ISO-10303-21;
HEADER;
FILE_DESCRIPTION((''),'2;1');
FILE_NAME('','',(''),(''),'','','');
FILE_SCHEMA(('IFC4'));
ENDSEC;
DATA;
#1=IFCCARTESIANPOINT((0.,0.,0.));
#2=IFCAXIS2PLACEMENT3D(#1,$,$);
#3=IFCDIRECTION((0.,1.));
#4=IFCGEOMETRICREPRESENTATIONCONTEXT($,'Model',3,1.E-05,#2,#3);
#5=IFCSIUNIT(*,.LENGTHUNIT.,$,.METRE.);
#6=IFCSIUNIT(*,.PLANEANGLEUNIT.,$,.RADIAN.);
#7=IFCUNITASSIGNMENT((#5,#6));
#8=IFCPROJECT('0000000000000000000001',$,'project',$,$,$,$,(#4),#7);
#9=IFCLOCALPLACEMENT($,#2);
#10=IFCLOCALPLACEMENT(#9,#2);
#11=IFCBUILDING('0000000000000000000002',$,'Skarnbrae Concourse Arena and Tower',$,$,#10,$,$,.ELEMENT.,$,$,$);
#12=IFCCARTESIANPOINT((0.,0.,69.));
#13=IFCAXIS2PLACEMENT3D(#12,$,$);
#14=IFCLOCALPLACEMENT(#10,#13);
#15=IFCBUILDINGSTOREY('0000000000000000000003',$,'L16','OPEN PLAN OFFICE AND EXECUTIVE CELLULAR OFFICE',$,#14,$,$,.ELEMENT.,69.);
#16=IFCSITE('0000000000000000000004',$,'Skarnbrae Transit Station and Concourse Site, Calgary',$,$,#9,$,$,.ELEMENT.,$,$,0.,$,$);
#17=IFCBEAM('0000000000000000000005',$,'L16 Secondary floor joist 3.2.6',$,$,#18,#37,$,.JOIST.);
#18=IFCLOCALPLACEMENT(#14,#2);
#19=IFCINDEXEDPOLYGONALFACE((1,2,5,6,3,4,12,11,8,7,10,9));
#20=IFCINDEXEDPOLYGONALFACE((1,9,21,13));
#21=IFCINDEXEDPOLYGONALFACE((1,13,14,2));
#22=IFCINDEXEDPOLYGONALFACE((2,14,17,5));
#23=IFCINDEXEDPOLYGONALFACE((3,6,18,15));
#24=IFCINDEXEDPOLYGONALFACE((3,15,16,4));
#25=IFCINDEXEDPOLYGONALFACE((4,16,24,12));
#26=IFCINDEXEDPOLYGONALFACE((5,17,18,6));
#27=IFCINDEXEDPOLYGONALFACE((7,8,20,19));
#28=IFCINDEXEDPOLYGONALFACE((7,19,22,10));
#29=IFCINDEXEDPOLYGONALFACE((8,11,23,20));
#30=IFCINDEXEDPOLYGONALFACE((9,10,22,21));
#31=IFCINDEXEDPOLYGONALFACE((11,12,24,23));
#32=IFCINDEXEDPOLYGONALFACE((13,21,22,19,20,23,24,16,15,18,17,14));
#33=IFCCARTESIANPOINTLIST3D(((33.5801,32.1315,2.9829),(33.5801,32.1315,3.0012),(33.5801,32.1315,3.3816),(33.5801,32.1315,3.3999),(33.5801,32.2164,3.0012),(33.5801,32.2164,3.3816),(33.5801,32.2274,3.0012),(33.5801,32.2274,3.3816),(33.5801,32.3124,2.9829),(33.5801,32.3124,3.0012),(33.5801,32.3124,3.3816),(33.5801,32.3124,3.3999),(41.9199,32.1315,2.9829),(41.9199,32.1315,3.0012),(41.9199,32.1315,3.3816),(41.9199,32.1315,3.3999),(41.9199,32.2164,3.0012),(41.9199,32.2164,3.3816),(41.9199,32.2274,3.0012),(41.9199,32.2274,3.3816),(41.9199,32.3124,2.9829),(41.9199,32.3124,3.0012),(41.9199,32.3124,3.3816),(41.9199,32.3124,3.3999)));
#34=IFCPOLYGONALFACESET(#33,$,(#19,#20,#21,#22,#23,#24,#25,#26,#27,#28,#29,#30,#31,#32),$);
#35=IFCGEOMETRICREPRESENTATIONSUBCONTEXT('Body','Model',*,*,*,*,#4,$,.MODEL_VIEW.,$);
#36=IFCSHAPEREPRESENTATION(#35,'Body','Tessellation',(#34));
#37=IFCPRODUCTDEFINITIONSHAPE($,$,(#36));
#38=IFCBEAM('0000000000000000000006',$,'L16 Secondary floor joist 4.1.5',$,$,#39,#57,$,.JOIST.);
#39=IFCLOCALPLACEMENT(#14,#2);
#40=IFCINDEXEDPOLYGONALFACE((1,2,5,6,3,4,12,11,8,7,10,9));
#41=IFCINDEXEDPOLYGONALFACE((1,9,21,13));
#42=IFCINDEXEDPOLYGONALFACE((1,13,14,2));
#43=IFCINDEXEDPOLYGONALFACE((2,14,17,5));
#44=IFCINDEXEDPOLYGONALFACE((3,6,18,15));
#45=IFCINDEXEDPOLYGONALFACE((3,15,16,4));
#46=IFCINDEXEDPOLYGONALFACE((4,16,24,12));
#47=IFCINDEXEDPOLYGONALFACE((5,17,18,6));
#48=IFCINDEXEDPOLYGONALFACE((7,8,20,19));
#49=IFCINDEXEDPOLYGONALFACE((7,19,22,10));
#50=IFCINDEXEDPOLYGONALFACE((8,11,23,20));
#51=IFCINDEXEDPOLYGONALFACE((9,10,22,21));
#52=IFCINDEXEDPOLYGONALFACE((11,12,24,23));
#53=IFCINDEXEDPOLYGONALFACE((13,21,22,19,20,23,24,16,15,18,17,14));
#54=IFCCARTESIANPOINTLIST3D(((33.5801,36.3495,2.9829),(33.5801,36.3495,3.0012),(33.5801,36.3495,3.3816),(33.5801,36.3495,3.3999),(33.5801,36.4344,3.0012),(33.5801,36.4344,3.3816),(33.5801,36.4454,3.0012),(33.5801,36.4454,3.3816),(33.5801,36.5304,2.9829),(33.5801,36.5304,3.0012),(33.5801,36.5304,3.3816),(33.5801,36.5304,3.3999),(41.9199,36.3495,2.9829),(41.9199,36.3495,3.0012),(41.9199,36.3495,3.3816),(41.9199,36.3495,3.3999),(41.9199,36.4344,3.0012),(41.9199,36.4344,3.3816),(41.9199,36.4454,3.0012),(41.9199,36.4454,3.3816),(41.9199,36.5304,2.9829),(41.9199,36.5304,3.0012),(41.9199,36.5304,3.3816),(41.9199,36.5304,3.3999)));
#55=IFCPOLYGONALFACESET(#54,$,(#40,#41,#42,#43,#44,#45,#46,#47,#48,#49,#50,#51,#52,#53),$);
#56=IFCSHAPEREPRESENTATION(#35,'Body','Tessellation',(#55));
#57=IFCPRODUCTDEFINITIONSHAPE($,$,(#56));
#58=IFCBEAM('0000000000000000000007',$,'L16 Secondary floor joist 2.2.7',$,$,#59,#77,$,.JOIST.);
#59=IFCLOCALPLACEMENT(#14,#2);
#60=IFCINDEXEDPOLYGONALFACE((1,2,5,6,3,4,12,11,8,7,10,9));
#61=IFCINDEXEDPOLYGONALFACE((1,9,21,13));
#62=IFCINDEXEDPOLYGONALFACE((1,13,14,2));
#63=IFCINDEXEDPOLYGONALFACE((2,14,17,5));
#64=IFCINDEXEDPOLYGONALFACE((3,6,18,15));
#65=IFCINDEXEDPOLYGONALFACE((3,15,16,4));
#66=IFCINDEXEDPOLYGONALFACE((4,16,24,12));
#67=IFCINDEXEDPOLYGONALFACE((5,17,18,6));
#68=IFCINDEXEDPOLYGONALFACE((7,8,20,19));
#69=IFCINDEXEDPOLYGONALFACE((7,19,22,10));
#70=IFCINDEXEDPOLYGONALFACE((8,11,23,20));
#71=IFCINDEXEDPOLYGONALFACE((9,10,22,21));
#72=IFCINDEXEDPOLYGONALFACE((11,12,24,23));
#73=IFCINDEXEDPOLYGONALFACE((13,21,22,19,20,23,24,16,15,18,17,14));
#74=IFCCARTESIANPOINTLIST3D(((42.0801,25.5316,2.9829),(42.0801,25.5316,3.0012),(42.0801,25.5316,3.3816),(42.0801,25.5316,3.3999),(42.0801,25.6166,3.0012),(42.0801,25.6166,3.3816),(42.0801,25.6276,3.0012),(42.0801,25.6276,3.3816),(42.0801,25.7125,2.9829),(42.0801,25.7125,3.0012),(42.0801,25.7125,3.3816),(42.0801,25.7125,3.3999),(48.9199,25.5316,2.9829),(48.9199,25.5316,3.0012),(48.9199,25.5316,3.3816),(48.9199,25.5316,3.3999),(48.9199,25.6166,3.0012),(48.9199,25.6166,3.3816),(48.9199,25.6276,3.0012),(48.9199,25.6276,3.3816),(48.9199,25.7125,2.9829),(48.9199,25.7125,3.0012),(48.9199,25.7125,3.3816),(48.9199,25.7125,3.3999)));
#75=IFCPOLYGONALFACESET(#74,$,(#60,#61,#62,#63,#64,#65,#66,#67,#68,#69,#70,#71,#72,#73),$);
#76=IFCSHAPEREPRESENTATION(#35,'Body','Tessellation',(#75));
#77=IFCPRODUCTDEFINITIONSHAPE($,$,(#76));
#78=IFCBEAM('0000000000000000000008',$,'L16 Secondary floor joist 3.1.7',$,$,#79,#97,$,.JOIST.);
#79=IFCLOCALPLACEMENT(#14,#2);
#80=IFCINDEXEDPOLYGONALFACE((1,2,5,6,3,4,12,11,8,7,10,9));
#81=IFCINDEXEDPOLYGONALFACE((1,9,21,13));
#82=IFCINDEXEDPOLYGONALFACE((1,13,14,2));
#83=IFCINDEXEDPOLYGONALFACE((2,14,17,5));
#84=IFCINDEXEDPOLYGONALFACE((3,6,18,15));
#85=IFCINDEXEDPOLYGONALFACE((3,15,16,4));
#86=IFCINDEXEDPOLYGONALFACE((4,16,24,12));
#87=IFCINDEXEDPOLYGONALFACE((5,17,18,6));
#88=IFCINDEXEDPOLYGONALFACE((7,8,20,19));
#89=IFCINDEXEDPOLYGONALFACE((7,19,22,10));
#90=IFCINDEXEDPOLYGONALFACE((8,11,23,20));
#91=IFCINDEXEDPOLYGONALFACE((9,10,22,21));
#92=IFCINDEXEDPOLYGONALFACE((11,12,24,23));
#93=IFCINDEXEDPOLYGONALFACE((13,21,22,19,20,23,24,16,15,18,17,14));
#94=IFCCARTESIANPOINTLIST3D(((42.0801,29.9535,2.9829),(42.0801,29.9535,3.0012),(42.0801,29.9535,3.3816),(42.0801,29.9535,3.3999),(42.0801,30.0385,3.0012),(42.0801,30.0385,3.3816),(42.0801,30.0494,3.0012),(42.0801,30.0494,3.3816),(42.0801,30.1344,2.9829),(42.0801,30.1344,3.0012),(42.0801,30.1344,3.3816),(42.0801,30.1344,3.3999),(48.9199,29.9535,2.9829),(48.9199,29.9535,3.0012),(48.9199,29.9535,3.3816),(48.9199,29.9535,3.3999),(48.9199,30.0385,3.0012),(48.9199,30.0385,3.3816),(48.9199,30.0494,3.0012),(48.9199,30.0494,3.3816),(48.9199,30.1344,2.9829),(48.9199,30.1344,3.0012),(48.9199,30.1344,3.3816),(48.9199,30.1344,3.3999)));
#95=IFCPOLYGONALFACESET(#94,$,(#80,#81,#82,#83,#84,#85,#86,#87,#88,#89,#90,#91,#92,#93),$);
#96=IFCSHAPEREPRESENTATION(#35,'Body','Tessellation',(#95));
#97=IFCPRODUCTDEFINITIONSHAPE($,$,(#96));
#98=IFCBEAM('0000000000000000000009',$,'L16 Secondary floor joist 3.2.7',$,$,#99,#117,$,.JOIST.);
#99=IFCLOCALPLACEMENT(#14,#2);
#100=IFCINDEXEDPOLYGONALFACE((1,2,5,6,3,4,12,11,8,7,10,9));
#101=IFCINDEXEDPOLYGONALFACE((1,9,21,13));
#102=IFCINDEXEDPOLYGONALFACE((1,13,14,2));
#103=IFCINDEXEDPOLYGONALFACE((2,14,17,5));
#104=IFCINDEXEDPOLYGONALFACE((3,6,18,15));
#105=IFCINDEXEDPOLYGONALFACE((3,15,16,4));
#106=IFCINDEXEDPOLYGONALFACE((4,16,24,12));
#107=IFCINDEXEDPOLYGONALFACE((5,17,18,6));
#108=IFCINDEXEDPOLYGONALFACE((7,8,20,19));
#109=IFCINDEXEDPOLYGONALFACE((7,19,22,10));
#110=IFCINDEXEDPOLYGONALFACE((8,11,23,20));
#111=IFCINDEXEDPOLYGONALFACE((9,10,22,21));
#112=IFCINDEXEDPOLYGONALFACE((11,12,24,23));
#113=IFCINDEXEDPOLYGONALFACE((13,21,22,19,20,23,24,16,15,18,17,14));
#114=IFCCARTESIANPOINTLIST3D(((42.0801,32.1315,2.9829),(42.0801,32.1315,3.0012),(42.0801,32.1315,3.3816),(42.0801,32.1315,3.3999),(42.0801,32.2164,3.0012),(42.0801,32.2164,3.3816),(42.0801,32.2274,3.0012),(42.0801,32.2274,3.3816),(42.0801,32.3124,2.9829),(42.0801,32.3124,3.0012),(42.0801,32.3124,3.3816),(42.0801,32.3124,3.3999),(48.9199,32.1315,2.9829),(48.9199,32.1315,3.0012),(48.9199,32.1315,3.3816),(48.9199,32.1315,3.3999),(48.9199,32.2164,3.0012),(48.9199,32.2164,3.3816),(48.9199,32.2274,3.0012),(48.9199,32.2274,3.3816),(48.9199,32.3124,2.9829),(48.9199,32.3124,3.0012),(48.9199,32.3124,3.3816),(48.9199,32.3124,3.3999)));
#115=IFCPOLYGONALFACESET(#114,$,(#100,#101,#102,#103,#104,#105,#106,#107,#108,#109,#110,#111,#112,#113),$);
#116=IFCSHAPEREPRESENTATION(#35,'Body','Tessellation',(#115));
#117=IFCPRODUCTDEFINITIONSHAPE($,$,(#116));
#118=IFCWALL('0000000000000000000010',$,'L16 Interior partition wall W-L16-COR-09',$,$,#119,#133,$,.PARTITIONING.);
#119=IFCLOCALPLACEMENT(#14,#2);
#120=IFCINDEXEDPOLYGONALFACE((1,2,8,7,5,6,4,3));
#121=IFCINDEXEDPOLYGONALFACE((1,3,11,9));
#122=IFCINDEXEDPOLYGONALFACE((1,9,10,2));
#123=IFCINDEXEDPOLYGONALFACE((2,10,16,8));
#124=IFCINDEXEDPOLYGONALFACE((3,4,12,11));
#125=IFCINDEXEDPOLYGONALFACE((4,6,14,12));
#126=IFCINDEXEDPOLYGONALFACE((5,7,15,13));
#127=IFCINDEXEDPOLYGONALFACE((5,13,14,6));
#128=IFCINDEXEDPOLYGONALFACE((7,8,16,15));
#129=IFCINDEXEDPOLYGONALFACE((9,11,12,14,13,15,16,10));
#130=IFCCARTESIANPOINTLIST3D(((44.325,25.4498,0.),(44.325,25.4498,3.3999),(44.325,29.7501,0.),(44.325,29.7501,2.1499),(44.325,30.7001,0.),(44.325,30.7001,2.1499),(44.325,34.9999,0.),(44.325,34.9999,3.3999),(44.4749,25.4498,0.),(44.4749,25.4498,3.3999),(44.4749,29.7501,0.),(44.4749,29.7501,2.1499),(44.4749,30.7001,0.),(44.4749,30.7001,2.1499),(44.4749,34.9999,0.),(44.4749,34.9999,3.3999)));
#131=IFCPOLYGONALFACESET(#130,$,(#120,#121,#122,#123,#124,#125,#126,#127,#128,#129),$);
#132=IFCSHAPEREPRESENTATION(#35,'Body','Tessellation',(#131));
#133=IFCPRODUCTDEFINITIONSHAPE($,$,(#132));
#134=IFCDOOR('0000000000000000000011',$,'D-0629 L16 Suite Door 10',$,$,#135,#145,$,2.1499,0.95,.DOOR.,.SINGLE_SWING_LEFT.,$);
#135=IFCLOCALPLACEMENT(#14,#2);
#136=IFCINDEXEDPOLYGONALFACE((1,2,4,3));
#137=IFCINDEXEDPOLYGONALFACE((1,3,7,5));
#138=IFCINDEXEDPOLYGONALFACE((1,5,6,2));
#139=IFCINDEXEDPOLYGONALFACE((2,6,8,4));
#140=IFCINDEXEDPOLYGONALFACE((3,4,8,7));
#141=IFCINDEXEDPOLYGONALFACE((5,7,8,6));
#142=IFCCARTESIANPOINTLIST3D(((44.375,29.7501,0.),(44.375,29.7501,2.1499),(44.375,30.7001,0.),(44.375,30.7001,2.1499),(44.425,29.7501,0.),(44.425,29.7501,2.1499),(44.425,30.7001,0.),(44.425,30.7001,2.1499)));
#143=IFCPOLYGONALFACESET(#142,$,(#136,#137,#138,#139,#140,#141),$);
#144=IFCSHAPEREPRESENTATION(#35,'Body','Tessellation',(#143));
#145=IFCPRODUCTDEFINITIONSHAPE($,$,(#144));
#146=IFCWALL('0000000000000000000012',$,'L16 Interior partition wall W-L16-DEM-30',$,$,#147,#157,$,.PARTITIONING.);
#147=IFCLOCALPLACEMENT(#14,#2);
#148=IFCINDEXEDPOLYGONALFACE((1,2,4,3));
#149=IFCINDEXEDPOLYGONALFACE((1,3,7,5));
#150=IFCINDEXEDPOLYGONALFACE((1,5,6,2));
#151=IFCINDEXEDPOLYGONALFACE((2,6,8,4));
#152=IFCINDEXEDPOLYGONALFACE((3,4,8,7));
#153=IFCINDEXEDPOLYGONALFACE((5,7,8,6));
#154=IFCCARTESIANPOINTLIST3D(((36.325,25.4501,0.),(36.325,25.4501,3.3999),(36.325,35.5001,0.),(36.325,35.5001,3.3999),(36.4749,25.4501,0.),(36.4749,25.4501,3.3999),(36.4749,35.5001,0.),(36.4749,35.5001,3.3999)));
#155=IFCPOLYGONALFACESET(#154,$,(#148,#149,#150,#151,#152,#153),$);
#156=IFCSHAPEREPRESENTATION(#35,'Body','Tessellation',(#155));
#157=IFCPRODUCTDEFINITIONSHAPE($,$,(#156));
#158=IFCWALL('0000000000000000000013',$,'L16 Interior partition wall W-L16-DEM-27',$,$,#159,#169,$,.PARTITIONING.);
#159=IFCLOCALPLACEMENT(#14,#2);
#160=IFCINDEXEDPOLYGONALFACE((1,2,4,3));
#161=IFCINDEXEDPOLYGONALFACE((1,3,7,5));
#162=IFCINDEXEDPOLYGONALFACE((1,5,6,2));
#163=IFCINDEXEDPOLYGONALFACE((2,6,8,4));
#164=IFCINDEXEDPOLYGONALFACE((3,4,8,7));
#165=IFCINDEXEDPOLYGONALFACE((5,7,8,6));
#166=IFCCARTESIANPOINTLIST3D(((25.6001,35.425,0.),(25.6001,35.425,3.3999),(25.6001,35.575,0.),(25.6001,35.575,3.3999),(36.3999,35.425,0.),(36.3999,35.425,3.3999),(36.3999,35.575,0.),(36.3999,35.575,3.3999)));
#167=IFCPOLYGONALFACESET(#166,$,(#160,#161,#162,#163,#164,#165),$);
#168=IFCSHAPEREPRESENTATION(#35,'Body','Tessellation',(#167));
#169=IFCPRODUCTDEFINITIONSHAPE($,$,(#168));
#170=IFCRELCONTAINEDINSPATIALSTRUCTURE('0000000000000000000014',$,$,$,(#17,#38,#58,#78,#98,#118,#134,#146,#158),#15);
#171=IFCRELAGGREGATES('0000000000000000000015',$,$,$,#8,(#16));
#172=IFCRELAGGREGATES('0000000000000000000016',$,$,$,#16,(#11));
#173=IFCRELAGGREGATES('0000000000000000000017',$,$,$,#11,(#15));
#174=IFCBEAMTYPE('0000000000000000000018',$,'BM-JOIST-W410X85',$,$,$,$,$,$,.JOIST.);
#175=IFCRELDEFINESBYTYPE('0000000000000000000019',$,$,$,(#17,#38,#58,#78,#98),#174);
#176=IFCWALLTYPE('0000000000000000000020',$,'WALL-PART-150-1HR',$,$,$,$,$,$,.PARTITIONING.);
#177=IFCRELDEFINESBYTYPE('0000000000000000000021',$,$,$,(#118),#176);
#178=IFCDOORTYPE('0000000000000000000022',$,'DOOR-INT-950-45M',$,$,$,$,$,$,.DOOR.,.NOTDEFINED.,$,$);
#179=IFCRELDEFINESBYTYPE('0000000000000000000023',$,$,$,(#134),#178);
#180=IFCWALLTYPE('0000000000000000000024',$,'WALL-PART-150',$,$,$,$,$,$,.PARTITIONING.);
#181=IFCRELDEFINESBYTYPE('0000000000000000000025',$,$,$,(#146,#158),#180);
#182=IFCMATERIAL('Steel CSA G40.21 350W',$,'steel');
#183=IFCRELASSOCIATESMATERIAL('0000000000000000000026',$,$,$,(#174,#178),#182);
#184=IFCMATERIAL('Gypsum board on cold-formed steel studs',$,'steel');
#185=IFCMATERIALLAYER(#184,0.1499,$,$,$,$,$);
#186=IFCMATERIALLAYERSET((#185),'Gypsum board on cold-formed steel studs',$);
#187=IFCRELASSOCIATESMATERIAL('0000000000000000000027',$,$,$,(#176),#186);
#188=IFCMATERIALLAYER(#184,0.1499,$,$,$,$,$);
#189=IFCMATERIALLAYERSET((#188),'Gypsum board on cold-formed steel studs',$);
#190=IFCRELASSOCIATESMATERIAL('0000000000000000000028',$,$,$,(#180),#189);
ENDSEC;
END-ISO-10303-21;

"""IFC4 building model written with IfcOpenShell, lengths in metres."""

from ifc_helpers import new_model, si_unit, direction, frame, frame_2d, origin, origin_2d, place, context, subcontext, project, spatial, rectangle, i_section, extrude, source, transform, mapped, material, layer, layer_set, material_profile, profile_set, type_object, element, fill, save


model = new_model("IFC4")

# Units and contexts
model_context = context("Model", 3, precision=1e-05, world=origin(), true_north=direction((0.0, 1.0)))
body_context = subcontext(model_context, "Body", "Model", "MODEL_VIEW")
ifc_project = project(units=[si_unit("LENGTHUNIT", "METRE"), si_unit("PLANEANGLEUNIT", "RADIAN")], contexts=[model_context])

# Site, building, storey
site_placement = place(None, origin())
site = spatial("IfcSite", under=ifc_project, at=site_placement, Name="Skarnbrae Transit Station and Concourse Site, Calgary", CompositionType="ELEMENT", RefElevation=0.0)
building_placement = place(site_placement, origin())
building = spatial("IfcBuilding", under=site, at=building_placement, Name="Skarnbrae Concourse Arena and Tower", CompositionType="ELEMENT")
storey_placement = place(building_placement, frame((0.0, 0.0, 69.0)))
storey = spatial("IfcBuildingStorey", under=building, at=storey_placement, Name="L16", Description="OPEN PLAN OFFICE AND EXECUTIVE CELLULAR OFFICE", CompositionType="ELEMENT", Elevation=69.0)

# Shared definitions
ifc_material_1 = material(Name="Steel CSA G40.21 350W", Category="steel")

# Beams
ifc_material_profile_1 = material_profile(ifc_material_1, i_section(OverallWidth=0.1809, OverallDepth=0.417, WebThickness=0.011, FlangeThickness=0.0183, at=origin_2d()), Name="W410X85")
ifc_profile_set_1 = profile_set([ifc_material_profile_1], Name="Steel CSA G40.21 350W")
beam_type_1 = type_object("IfcBeamType", Name="BM-JOIST-W410X85", PredefinedType="JOIST", material=ifc_profile_set_1)
shared_shape_1 = source(origin(), body_context, "Body", "SweptSolid", [
    extrude(i_section(OverallWidth=0.1809, OverallDepth=0.417, WebThickness=0.011, FlangeThickness=0.0183, at=origin_2d()), origin(), (0.0, 0.0, 1.0), 8.3398),
])
for number, where, z_axis, x_axis, name in (
    (1, (33.5801, 32.2219, 3.1914), (1.0, 0.0, 0.0), (0.0, 1.0, 0.0), "L16 Secondary floor joist 3.2.6"),
    (2, (33.5801, 36.4399, 3.1914), (1.0, 0.0, 0.0), (0.0, 1.0, 0.0), "L16 Secondary floor joist 4.1.5"),
):
    element("IfcBeam", number, at=place(storey_placement, frame(where, z_axis=z_axis, x_axis=x_axis)), inside=storey, type_object=beam_type_1, Name=name, PredefinedType="JOIST", context=body_context, shape_type="MappedRepresentation", body=[
        mapped(shared_shape_1, transform((0.0, 0.0, 0.0))),
    ])
shared_shape_2 = source(origin(), body_context, "Body", "SweptSolid", [
    extrude(i_section(OverallWidth=0.1809, OverallDepth=0.417, WebThickness=0.011, FlangeThickness=0.0183, at=origin_2d()), origin(), (0.0, 0.0, 1.0), 6.8398),
])
for number, where, z_axis, x_axis, name in (
    (3, (42.0801, 25.6221, 3.1914), (1.0, 0.0, 0.0), (0.0, 1.0, 0.0), "L16 Secondary floor joist 2.2.7"),
    (4, (42.0801, 30.0439, 3.1914), (1.0, 0.0, 0.0), (0.0, 1.0, 0.0), "L16 Secondary floor joist 3.1.7"),
    (5, (42.0801, 32.2219, 3.1914), (1.0, 0.0, 0.0), (0.0, 1.0, 0.0), "L16 Secondary floor joist 3.2.7"),
):
    element("IfcBeam", number, at=place(storey_placement, frame(where, z_axis=z_axis, x_axis=x_axis)), inside=storey, type_object=beam_type_1, Name=name, PredefinedType="JOIST", context=body_context, shape_type="MappedRepresentation", body=[
        mapped(shared_shape_2, transform((0.0, 0.0, 0.0))),
    ])

# Wall, opening, door
ifc_material_2 = material(Name="Gypsum board on cold-formed steel studs", Category="steel")
ifc_layer_1 = layer(ifc_material_2, 0.1499)
ifc_layer_set_1 = layer_set([ifc_layer_1], Name="Gypsum board on cold-formed steel studs")
wall_type_1 = type_object("IfcWallType", Name="WALL-PART-150-1HR", PredefinedType="PARTITIONING", material=ifc_layer_set_1)
shared_shape_3 = source(origin(), body_context, "Body", "SweptSolid", [
    extrude(rectangle(XDim=9.55, YDim=0.1499, at=frame_2d((4.7749, 0.0))), origin(), (0.0, 0.0, 1.0), 3.3999),
])
wall_1_placement = place(storey_placement, frame((44.3999, 25.45, 0.0), z_axis=(0.0, 0.0, 1.0), x_axis=(0.0, 1.0, 0.0)))
wall_1 = element("IfcWall", 6, at=wall_1_placement, inside=storey, type_object=wall_type_1, Name="L16 Interior partition wall W-L16-COR-09", PredefinedType="PARTITIONING", context=body_context, shape_type="MappedRepresentation", body=[
    mapped(shared_shape_3, transform((0.0, 0.0, 0.0))),
])
opening_placement = place(wall_1_placement, frame((4.3, 0.0, 0.0)))
opening = element("IfcOpeningElement", 7, at=opening_placement, cuts=wall_1, PredefinedType="OPENING", context=body_context, shape_type="SweptSolid", body=[
    extrude(rectangle(XDim=0.95, YDim=2.1499, at=frame_2d((0.4751, 1.075))), frame((0.0, 0.085, 0.0), z_axis=(0.0, -1.0, 0.0), x_axis=(1.0, 0.0, 0.0)), (0.0, 0.0, 1.0), 0.1699),
])
door_type = type_object("IfcDoorType", Name="DOOR-INT-950-45M", OperationType="NOTDEFINED", PredefinedType="DOOR", material=ifc_material_1)
shared_shape_4 = source(origin(), body_context, "Body", "SweptSolid", [
    extrude(rectangle(XDim=0.95, YDim=2.1499, at=frame_2d((0.4751, 1.075))), frame((0.0, 0.0249, 0.0), z_axis=(0.0, -1.0, 0.0), x_axis=(1.0, 0.0, 0.0)), (0.0, 0.0, 1.0), 0.05),
])
door_placement = place(opening_placement, origin())
door = element("IfcDoor", 8, at=door_placement, inside=storey, type_object=door_type, Name="D-0629 L16 Suite Door 10", OperationType="SINGLE_SWING_LEFT", OverallHeight=2.1499, OverallWidth=0.95, PredefinedType="DOOR", context=body_context, shape_type="MappedRepresentation", body=[
    mapped(shared_shape_4, transform((0.0, 0.0, 0.0))),
])
fill(opening, door)

# Walls
ifc_layer_2 = layer(ifc_material_2, 0.1499)
ifc_layer_set_2 = layer_set([ifc_layer_2], Name="Gypsum board on cold-formed steel studs")
wall_type_2 = type_object("IfcWallType", Name="WALL-PART-150", PredefinedType="PARTITIONING", material=ifc_layer_set_2)
shared_shape_5 = source(origin(), body_context, "Body", "SweptSolid", [
    extrude(rectangle(XDim=10.05, YDim=0.1499, at=frame_2d((5.0249, 0.0))), origin(), (0.0, 0.0, 1.0), 3.3999),
])
wall_2_placement = place(storey_placement, frame((36.3999, 35.5, 0.0), z_axis=(0.0, 0.0, 1.0), x_axis=(0.0, -1.0, 0.0)))
element("IfcWall", 9, at=wall_2_placement, inside=storey, type_object=wall_type_2, Name="L16 Interior partition wall W-L16-DEM-30", PredefinedType="PARTITIONING", context=body_context, shape_type="MappedRepresentation", body=[
    mapped(shared_shape_5, transform((0.0, 0.0, 0.0))),
])
shared_shape_6 = source(origin(), body_context, "Body", "SweptSolid", [
    extrude(rectangle(XDim=10.7998, YDim=0.1499, at=frame_2d((5.3999, 0.0))), origin(), (0.0, 0.0, 1.0), 3.3999),
])
wall_3_placement = place(storey_placement, frame((36.3999, 35.5, 0.0), z_axis=(0.0, 0.0, 1.0), x_axis=(-1.0, 0.0, 0.0)))
element("IfcWall", 10, at=wall_3_placement, inside=storey, type_object=wall_type_2, Name="L16 Interior partition wall W-L16-DEM-27", PredefinedType="PARTITIONING", context=body_context, shape_type="MappedRepresentation", body=[
    mapped(shared_shape_6, transform((0.0, 0.0, 0.0))),
])

save(model, "model.ifc")
